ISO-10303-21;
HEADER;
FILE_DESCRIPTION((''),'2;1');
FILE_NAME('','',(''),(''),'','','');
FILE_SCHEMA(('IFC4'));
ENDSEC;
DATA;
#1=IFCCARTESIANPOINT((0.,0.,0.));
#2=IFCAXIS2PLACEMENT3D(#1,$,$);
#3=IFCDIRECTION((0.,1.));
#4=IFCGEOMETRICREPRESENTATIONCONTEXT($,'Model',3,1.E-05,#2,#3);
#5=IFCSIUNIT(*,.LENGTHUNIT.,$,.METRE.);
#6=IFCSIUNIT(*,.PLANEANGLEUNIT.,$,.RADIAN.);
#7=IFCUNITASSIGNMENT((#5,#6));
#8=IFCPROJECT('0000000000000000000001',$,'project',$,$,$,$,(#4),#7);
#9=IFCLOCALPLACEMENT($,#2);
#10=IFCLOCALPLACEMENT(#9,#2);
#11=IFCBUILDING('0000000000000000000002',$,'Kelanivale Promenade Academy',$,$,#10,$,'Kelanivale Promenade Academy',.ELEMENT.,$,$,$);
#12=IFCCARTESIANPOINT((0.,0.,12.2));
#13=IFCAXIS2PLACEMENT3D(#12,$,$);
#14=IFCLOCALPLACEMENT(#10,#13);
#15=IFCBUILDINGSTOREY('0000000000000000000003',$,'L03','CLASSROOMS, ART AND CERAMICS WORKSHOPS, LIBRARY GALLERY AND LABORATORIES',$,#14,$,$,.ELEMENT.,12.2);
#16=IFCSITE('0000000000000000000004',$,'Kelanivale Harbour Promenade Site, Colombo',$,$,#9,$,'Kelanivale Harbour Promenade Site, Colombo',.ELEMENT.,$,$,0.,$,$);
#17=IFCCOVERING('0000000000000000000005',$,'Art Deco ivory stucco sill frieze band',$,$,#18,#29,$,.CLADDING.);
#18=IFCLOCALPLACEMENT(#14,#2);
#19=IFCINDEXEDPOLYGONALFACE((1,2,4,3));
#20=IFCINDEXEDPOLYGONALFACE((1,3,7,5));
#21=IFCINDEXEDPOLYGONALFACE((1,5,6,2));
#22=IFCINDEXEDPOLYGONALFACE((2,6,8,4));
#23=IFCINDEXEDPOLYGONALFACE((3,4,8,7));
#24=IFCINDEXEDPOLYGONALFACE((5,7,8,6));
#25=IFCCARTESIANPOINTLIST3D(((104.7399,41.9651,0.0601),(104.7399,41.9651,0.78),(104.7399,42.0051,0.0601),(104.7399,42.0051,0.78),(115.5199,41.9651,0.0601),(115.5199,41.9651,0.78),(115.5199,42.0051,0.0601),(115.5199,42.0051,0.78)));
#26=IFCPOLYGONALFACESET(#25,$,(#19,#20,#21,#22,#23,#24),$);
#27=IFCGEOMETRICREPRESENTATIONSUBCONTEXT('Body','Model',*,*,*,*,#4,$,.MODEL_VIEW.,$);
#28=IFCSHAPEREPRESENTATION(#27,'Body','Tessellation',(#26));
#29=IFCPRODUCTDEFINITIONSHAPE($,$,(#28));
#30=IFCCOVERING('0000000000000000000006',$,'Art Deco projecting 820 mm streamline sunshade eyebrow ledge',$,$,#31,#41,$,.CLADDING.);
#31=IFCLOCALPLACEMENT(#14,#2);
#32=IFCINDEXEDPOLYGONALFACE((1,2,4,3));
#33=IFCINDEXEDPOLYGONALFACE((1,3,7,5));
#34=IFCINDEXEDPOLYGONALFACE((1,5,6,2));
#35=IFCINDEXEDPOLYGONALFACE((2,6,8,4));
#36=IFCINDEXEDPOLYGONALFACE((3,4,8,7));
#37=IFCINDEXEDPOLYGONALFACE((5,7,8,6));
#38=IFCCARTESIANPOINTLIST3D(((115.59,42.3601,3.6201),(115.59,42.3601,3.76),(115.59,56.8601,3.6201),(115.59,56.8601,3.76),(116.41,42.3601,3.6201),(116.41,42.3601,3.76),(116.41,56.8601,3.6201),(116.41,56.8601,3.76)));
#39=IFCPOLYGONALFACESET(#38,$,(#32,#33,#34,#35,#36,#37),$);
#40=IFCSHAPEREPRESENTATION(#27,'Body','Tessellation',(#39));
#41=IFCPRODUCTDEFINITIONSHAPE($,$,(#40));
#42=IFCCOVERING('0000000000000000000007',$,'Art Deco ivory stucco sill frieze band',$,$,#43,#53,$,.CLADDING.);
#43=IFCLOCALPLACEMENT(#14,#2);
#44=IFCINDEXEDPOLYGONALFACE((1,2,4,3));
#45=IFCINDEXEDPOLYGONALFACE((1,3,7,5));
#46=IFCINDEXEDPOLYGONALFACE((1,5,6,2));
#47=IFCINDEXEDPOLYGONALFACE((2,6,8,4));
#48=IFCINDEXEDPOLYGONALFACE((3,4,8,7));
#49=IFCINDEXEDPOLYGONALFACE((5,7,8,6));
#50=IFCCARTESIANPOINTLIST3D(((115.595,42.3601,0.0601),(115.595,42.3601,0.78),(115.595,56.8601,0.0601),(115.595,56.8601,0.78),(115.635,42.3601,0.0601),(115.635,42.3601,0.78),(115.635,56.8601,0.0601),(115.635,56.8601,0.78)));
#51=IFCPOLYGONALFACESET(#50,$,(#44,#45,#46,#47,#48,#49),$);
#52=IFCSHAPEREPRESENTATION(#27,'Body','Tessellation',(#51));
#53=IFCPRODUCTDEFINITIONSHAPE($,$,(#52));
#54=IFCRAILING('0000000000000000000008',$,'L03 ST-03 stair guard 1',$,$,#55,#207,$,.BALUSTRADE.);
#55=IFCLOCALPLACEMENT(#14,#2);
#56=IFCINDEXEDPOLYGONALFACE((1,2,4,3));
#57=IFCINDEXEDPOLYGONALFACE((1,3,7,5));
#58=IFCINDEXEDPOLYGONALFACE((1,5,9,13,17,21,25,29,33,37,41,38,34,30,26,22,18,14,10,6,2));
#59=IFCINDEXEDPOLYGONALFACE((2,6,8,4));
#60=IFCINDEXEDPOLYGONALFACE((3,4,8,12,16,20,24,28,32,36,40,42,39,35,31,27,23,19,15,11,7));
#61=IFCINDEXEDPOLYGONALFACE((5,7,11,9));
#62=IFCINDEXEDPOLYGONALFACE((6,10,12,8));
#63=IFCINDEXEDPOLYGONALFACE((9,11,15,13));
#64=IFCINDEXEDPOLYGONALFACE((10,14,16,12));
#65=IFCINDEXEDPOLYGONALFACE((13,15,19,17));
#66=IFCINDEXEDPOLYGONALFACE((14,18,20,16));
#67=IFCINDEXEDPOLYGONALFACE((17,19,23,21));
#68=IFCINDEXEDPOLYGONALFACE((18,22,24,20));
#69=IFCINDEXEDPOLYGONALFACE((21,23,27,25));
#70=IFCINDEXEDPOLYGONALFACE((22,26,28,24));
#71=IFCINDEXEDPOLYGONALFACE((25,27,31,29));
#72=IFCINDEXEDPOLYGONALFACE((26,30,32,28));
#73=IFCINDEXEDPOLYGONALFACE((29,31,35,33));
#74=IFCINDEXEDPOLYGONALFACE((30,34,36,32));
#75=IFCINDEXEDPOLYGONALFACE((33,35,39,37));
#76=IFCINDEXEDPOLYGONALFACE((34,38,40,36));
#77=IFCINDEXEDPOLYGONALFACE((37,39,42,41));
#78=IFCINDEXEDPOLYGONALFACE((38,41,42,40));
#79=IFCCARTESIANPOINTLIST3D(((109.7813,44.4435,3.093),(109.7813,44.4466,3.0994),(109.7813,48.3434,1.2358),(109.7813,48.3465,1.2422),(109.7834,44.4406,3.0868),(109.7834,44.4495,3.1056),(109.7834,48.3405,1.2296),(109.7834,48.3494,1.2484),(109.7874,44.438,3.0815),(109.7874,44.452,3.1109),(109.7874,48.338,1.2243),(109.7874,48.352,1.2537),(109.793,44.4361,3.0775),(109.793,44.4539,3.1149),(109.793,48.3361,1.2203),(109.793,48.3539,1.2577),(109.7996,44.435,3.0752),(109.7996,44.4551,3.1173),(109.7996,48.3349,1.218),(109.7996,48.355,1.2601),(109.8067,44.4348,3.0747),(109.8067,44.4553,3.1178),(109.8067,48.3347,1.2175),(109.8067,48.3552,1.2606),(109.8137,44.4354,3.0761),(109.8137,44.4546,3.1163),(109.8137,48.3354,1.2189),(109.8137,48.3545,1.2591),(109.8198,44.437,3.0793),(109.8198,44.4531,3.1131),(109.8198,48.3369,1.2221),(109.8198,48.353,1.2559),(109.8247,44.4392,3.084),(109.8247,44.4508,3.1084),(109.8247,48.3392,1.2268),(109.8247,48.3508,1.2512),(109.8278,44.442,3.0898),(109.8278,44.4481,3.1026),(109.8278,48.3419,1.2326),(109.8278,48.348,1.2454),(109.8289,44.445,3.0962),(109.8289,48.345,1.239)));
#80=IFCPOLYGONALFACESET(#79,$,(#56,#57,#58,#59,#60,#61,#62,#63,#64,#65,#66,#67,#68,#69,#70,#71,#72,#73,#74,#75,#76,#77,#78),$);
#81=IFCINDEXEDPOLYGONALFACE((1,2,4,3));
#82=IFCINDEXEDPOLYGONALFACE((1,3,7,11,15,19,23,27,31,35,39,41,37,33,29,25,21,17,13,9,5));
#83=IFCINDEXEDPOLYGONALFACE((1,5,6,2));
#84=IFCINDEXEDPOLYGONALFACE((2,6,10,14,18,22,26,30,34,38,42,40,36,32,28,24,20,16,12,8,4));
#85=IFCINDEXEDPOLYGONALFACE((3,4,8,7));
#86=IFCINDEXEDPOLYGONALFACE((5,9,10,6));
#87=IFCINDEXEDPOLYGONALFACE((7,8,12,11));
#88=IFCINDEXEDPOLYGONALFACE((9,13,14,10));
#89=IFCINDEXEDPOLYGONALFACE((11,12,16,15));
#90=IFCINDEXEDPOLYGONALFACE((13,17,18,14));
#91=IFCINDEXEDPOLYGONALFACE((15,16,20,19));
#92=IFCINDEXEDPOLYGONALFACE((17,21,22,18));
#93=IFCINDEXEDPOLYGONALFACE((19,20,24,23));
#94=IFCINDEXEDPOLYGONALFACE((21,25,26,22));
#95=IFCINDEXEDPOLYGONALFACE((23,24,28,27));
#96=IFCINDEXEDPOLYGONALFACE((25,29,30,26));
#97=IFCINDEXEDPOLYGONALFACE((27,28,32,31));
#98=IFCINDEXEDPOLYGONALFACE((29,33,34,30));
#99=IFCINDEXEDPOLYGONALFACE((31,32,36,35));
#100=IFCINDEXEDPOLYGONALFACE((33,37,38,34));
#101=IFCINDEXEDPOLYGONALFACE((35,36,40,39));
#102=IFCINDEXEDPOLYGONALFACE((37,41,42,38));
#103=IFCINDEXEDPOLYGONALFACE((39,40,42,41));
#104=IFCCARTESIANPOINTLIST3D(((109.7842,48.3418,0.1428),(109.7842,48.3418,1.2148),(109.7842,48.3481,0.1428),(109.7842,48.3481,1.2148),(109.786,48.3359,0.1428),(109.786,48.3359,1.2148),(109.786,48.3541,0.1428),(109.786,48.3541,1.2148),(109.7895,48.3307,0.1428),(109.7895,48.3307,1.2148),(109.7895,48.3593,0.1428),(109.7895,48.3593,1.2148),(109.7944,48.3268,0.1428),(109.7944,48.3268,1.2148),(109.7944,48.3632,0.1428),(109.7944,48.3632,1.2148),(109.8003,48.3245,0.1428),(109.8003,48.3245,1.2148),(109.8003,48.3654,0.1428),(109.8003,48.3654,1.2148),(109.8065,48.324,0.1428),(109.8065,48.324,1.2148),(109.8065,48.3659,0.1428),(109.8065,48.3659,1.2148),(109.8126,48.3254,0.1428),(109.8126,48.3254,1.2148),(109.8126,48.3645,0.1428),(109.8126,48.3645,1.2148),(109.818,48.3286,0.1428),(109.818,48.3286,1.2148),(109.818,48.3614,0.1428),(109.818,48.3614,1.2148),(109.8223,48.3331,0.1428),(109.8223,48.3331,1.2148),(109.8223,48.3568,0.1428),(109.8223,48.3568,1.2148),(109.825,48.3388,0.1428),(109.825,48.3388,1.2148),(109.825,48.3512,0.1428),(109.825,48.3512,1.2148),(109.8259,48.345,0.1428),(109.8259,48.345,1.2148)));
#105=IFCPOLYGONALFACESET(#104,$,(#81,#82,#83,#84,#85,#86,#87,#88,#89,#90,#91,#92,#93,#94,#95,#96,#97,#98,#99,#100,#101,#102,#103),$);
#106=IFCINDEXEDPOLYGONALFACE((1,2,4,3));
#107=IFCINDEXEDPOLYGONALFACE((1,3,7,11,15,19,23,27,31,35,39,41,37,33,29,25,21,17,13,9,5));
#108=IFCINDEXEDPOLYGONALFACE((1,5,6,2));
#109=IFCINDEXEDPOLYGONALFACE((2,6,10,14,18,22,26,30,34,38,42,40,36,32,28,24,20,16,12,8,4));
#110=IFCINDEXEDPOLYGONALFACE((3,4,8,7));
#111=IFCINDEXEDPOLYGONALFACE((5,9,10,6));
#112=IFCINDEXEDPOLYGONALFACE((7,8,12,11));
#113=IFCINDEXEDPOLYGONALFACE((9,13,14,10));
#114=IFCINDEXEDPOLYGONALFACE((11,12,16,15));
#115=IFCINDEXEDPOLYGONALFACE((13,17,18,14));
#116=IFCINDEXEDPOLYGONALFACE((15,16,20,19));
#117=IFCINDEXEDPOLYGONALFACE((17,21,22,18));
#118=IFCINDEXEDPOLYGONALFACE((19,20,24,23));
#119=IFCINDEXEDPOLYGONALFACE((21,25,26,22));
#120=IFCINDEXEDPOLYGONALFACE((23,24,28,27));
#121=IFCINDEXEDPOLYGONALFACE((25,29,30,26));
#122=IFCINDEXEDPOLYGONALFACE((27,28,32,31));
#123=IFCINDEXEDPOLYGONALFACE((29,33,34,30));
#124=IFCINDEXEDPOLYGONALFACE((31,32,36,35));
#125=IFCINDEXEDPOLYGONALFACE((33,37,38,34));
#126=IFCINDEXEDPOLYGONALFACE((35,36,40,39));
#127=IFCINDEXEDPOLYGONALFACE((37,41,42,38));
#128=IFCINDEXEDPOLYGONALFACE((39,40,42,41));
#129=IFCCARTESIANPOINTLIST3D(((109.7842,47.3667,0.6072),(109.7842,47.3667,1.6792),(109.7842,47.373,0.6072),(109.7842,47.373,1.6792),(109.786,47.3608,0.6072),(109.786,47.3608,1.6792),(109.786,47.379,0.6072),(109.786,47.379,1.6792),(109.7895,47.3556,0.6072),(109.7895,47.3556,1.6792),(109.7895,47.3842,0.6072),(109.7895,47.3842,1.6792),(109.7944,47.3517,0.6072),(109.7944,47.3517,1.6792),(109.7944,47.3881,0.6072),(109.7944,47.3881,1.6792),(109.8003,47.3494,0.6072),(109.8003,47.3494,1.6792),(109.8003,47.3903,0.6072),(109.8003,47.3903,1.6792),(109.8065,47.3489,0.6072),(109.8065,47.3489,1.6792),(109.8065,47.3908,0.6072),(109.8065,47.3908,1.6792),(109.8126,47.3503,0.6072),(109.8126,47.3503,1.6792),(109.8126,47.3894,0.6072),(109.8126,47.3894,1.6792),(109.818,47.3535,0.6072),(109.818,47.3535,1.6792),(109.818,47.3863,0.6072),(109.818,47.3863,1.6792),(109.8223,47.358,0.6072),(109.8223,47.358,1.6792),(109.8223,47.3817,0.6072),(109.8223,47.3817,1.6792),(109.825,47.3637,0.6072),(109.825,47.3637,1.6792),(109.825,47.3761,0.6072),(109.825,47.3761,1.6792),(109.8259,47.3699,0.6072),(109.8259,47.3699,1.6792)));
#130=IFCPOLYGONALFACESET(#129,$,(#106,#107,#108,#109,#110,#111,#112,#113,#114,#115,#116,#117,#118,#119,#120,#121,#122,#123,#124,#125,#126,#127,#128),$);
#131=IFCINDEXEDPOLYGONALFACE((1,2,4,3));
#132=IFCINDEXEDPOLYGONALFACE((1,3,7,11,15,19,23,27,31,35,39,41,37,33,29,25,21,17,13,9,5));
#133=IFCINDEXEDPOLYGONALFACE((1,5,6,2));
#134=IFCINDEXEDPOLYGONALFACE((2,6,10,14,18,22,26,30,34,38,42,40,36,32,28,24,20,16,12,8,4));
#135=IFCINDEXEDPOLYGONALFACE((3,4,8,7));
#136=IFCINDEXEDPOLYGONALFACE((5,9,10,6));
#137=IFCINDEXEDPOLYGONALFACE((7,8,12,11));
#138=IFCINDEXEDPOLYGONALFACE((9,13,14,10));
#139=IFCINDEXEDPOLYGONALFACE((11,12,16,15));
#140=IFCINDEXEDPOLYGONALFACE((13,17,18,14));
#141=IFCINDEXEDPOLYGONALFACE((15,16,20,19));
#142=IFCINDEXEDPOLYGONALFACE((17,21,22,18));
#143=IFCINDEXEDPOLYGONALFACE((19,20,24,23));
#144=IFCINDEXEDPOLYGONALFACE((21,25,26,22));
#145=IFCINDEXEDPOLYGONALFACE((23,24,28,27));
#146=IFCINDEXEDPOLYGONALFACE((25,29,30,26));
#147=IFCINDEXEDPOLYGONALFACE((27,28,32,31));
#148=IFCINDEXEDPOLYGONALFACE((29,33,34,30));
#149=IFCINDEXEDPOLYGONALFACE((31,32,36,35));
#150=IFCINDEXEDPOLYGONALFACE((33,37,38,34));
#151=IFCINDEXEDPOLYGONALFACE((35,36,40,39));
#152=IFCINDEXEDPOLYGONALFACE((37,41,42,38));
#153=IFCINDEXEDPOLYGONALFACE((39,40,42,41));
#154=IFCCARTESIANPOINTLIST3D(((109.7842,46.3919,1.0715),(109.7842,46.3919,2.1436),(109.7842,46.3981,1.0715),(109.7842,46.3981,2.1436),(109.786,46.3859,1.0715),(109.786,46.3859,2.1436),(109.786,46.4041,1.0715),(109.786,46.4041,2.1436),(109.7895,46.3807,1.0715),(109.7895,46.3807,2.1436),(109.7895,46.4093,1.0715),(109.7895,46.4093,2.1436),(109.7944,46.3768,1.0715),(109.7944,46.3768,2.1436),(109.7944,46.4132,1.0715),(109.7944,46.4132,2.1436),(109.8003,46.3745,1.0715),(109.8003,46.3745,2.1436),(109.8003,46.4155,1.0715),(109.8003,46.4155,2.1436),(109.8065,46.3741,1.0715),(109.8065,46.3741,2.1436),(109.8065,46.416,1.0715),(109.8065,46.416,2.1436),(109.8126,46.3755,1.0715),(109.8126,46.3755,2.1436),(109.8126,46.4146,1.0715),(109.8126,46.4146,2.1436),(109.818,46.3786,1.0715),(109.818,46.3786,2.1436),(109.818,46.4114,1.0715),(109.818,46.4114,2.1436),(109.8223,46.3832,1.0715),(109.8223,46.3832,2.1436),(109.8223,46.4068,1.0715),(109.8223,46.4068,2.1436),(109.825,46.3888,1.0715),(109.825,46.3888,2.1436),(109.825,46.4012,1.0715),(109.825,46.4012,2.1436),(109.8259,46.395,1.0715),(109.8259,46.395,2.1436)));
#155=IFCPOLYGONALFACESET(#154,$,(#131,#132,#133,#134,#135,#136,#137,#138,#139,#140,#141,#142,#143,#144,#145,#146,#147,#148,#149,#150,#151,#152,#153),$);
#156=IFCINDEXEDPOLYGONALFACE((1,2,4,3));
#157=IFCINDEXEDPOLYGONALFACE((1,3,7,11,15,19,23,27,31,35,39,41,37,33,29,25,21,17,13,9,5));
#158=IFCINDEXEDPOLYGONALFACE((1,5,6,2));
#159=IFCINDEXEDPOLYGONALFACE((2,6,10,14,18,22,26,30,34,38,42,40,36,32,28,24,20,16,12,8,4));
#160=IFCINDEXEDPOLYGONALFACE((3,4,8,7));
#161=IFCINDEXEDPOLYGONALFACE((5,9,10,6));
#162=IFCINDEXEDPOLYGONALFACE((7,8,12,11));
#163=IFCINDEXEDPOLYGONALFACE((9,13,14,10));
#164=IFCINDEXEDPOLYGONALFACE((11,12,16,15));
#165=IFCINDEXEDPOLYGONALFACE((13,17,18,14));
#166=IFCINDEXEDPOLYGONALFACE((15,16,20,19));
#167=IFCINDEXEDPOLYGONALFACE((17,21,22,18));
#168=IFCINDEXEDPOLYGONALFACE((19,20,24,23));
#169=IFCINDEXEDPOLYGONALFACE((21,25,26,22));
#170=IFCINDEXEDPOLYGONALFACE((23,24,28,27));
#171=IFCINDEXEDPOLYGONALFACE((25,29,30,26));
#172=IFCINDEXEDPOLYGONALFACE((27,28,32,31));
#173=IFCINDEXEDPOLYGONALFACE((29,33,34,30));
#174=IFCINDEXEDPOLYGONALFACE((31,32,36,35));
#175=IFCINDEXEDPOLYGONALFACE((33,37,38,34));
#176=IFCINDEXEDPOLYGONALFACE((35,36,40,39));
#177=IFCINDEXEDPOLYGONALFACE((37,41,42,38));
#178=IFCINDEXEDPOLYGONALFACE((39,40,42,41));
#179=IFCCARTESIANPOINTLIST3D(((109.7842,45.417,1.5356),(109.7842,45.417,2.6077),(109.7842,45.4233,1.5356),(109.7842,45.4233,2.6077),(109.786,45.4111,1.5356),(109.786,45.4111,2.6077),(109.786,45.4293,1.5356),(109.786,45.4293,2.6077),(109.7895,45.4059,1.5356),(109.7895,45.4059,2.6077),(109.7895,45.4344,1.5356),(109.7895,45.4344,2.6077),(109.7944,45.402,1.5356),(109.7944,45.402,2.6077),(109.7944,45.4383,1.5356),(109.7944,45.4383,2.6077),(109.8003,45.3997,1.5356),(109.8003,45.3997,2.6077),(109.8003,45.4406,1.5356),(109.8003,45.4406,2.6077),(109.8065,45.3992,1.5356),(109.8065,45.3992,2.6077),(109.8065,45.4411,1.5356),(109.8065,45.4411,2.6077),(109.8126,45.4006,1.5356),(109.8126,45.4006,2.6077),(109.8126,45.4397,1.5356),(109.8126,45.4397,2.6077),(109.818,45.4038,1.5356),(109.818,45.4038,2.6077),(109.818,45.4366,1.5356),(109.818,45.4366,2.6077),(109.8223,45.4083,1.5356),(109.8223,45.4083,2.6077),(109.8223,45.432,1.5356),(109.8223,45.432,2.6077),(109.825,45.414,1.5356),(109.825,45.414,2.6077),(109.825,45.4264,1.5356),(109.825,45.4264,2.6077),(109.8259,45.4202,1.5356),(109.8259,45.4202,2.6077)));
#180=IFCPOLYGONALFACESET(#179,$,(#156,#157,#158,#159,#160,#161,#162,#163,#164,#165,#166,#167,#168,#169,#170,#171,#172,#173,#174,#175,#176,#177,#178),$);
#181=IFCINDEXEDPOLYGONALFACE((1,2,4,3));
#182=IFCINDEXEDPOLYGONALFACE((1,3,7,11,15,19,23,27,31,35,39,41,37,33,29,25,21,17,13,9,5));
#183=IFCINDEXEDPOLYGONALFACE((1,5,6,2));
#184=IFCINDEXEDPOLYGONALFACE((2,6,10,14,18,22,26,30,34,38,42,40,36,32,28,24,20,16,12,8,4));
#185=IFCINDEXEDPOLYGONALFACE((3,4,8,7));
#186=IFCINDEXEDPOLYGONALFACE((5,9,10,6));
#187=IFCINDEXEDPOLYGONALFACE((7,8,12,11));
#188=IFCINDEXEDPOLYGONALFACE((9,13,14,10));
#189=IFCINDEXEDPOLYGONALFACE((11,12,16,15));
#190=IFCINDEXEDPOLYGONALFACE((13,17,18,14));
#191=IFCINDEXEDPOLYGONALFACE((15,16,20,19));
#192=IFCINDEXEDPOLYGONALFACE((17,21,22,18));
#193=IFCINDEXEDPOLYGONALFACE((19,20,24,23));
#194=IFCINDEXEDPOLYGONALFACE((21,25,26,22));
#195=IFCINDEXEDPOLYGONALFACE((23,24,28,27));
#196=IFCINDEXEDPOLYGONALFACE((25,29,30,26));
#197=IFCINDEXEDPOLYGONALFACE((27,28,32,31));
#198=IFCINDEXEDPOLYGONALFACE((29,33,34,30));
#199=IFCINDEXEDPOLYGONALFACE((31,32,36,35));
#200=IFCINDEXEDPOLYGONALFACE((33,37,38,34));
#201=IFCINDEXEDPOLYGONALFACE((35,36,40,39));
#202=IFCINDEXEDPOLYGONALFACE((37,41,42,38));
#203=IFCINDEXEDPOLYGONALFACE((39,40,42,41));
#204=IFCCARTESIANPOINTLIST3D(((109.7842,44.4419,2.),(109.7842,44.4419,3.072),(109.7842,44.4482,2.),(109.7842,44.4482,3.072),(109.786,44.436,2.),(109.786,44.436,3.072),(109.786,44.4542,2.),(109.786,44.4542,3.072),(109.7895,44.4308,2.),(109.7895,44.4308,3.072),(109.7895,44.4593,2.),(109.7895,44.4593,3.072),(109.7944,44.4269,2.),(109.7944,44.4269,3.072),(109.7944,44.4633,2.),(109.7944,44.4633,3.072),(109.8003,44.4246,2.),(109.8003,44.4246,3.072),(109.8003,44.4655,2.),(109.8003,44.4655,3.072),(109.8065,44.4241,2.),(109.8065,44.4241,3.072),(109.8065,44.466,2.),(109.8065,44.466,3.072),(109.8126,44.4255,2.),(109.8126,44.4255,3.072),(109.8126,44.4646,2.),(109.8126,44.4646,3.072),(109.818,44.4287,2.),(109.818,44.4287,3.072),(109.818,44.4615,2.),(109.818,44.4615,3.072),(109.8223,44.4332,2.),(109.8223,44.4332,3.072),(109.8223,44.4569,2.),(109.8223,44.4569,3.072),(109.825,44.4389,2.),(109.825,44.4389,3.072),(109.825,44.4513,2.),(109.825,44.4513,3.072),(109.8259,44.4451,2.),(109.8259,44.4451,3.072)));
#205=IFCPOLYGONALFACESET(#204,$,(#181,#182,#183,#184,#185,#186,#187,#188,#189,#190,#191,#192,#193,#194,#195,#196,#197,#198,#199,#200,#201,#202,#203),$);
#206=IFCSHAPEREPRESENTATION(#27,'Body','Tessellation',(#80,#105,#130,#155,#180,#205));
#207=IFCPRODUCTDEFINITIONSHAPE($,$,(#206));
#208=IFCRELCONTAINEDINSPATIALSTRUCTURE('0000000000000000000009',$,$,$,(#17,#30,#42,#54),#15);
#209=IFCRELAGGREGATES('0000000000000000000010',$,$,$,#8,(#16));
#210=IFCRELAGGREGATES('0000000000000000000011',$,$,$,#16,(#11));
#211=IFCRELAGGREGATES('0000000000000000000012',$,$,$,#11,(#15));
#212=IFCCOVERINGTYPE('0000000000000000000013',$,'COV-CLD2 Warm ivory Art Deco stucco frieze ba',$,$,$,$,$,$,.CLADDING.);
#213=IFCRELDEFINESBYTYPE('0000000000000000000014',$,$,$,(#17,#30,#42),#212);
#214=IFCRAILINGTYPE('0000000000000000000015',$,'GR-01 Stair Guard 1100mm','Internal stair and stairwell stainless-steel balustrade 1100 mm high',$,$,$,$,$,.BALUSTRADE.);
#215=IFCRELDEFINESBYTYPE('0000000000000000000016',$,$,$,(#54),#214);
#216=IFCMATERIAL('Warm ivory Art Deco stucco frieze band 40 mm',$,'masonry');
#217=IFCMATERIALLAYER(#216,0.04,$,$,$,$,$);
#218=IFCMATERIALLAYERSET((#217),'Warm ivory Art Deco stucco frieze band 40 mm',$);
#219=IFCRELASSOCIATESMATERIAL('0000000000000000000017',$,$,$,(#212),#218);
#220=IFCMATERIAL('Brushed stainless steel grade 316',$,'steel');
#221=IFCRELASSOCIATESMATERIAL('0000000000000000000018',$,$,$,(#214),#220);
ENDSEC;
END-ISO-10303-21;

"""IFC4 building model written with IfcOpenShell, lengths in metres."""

from ifc_helpers import new_model, si_unit, direction, frame, origin, origin_2d, place, context, subcontext, project, spatial, rectangle, circle, extrude, material, layer, layer_set, type_object, element, save


model = new_model("IFC4")

# Units and contexts
model_context = context("Model", 3, precision=1e-05, world=origin(), true_north=direction((0.0, 1.0)))
body_context = subcontext(model_context, "Body", "Model", "MODEL_VIEW")
ifc_project = project(units=[si_unit("LENGTHUNIT", "METRE"), si_unit("PLANEANGLEUNIT", "RADIAN")], contexts=[model_context])

# Site, building, storey
site_placement = place(None, origin())
site = spatial("IfcSite", under=ifc_project, at=site_placement, Name="Kelanivale Harbour Promenade Site, Colombo", LongName="Kelanivale Harbour Promenade Site, Colombo", CompositionType="ELEMENT", RefElevation=0.0)
building_placement = place(site_placement, origin())
building = spatial("IfcBuilding", under=site, at=building_placement, Name="Kelanivale Promenade Academy", LongName="Kelanivale Promenade Academy", CompositionType="ELEMENT")
storey_placement = place(building_placement, frame((0.0, 0.0, 12.2)))
storey = spatial("IfcBuildingStorey", under=building, at=storey_placement, Name="L03", Description="CLASSROOMS, ART AND CERAMICS WORKSHOPS, LIBRARY GALLERY AND LABORATORIES", CompositionType="ELEMENT", Elevation=12.2)

# Coverings
ifc_material_1 = material(Name="Warm ivory Art Deco stucco frieze band 40 mm", Category="masonry")
ifc_layer_1 = layer(ifc_material_1, 0.04)
ifc_layer_set_1 = layer_set([ifc_layer_1], Name="Warm ivory Art Deco stucco frieze band 40 mm")
covering_type = type_object("IfcCoveringType", Name="COV-CLD2 Warm ivory Art Deco stucco frieze ba", PredefinedType="CLADDING", material=ifc_layer_set_1)
covering_1_placement = place(storey_placement, frame((110.1299, 41.9851, 0.0601), z_axis=(0.0, 0.0, 1.0), x_axis=(1.0, 0.0, 0.0)))
element("IfcCovering", 1, at=covering_1_placement, inside=storey, type_object=covering_type, Name="Art Deco ivory stucco sill frieze band", PredefinedType="CLADDING", context=body_context, shape_type="SweptSolid", body=[
    extrude(rectangle(XDim=10.78, YDim=0.04, at=origin_2d()), origin(), (0.0, 0.0, 1.0), 0.72),
])
covering_2_placement = place(storey_placement, frame((116.0, 49.6101, 3.6201), z_axis=(0.0, 0.0, 1.0), x_axis=(0.0, 1.0, 0.0)))
element("IfcCovering", 2, at=covering_2_placement, inside=storey, type_object=covering_type, Name="Art Deco projecting 820 mm streamline sunshade eyebrow ledge", PredefinedType="CLADDING", context=body_context, shape_type="SweptSolid", body=[
    extrude(rectangle(XDim=14.5, YDim=0.8201, at=origin_2d()), origin(), (0.0, 0.0, 1.0), 0.1399),
])
covering_3_placement = place(storey_placement, frame((115.615, 49.6101, 0.0601), z_axis=(0.0, 0.0, 1.0), x_axis=(0.0, 1.0, 0.0)))
element("IfcCovering", 3, at=covering_3_placement, inside=storey, type_object=covering_type, Name="Art Deco ivory stucco sill frieze band", PredefinedType="CLADDING", context=body_context, shape_type="SweptSolid", body=[
    extrude(rectangle(XDim=14.5, YDim=0.04, at=origin_2d()), origin(), (0.0, 0.0, 1.0), 0.72),
])

# Railing
ifc_material_2 = material(Name="Brushed stainless steel grade 316", Category="steel")
railing_type_1 = type_object("IfcRailingType", Name="GR-01 Stair Guard 1100mm", Description="Internal stair and stairwell stainless-steel balustrade 1100 mm high", PredefinedType="BALUSTRADE", material=ifc_material_2)
railing_1_placement = place(storey_placement, frame((109.8049, 48.345, 0.1428)))
element("IfcRailing", 4, at=railing_1_placement, inside=storey, type_object=railing_type_1, Name="L03 ST-03 stair guard 1", PredefinedType="BALUSTRADE", context=body_context, shape_type="SweptSolid", body=[
    extrude(circle(Radius=0.0239, at=origin_2d()), frame((0.0, 0.0, 1.0962), z_axis=(0.0, -0.902853, 0.429949), x_axis=(1.0, 0.0, 0.0)), (0.0, 0.0, 1.0), 4.3196),
    extrude(circle(Radius=0.021, at=origin_2d()), origin(), (0.0, 0.0, 1.0), 1.072),
    extrude(circle(Radius=0.021, at=origin_2d()), frame((0.0, -0.9751, 0.4644)), (0.0, 0.0, 1.0), 1.072),
    extrude(circle(Radius=0.021, at=origin_2d()), frame((0.0, -1.95, 0.9287)), (0.0, 0.0, 1.0), 1.072),
    extrude(circle(Radius=0.021, at=origin_2d()), frame((0.0, -2.9248, 1.3928)), (0.0, 0.0, 1.0), 1.072),
    extrude(circle(Radius=0.021, at=origin_2d()), frame((0.0, -3.8999, 1.8572)), (0.0, 0.0, 1.0), 1.072),
])

save(model, "model.ifc")
